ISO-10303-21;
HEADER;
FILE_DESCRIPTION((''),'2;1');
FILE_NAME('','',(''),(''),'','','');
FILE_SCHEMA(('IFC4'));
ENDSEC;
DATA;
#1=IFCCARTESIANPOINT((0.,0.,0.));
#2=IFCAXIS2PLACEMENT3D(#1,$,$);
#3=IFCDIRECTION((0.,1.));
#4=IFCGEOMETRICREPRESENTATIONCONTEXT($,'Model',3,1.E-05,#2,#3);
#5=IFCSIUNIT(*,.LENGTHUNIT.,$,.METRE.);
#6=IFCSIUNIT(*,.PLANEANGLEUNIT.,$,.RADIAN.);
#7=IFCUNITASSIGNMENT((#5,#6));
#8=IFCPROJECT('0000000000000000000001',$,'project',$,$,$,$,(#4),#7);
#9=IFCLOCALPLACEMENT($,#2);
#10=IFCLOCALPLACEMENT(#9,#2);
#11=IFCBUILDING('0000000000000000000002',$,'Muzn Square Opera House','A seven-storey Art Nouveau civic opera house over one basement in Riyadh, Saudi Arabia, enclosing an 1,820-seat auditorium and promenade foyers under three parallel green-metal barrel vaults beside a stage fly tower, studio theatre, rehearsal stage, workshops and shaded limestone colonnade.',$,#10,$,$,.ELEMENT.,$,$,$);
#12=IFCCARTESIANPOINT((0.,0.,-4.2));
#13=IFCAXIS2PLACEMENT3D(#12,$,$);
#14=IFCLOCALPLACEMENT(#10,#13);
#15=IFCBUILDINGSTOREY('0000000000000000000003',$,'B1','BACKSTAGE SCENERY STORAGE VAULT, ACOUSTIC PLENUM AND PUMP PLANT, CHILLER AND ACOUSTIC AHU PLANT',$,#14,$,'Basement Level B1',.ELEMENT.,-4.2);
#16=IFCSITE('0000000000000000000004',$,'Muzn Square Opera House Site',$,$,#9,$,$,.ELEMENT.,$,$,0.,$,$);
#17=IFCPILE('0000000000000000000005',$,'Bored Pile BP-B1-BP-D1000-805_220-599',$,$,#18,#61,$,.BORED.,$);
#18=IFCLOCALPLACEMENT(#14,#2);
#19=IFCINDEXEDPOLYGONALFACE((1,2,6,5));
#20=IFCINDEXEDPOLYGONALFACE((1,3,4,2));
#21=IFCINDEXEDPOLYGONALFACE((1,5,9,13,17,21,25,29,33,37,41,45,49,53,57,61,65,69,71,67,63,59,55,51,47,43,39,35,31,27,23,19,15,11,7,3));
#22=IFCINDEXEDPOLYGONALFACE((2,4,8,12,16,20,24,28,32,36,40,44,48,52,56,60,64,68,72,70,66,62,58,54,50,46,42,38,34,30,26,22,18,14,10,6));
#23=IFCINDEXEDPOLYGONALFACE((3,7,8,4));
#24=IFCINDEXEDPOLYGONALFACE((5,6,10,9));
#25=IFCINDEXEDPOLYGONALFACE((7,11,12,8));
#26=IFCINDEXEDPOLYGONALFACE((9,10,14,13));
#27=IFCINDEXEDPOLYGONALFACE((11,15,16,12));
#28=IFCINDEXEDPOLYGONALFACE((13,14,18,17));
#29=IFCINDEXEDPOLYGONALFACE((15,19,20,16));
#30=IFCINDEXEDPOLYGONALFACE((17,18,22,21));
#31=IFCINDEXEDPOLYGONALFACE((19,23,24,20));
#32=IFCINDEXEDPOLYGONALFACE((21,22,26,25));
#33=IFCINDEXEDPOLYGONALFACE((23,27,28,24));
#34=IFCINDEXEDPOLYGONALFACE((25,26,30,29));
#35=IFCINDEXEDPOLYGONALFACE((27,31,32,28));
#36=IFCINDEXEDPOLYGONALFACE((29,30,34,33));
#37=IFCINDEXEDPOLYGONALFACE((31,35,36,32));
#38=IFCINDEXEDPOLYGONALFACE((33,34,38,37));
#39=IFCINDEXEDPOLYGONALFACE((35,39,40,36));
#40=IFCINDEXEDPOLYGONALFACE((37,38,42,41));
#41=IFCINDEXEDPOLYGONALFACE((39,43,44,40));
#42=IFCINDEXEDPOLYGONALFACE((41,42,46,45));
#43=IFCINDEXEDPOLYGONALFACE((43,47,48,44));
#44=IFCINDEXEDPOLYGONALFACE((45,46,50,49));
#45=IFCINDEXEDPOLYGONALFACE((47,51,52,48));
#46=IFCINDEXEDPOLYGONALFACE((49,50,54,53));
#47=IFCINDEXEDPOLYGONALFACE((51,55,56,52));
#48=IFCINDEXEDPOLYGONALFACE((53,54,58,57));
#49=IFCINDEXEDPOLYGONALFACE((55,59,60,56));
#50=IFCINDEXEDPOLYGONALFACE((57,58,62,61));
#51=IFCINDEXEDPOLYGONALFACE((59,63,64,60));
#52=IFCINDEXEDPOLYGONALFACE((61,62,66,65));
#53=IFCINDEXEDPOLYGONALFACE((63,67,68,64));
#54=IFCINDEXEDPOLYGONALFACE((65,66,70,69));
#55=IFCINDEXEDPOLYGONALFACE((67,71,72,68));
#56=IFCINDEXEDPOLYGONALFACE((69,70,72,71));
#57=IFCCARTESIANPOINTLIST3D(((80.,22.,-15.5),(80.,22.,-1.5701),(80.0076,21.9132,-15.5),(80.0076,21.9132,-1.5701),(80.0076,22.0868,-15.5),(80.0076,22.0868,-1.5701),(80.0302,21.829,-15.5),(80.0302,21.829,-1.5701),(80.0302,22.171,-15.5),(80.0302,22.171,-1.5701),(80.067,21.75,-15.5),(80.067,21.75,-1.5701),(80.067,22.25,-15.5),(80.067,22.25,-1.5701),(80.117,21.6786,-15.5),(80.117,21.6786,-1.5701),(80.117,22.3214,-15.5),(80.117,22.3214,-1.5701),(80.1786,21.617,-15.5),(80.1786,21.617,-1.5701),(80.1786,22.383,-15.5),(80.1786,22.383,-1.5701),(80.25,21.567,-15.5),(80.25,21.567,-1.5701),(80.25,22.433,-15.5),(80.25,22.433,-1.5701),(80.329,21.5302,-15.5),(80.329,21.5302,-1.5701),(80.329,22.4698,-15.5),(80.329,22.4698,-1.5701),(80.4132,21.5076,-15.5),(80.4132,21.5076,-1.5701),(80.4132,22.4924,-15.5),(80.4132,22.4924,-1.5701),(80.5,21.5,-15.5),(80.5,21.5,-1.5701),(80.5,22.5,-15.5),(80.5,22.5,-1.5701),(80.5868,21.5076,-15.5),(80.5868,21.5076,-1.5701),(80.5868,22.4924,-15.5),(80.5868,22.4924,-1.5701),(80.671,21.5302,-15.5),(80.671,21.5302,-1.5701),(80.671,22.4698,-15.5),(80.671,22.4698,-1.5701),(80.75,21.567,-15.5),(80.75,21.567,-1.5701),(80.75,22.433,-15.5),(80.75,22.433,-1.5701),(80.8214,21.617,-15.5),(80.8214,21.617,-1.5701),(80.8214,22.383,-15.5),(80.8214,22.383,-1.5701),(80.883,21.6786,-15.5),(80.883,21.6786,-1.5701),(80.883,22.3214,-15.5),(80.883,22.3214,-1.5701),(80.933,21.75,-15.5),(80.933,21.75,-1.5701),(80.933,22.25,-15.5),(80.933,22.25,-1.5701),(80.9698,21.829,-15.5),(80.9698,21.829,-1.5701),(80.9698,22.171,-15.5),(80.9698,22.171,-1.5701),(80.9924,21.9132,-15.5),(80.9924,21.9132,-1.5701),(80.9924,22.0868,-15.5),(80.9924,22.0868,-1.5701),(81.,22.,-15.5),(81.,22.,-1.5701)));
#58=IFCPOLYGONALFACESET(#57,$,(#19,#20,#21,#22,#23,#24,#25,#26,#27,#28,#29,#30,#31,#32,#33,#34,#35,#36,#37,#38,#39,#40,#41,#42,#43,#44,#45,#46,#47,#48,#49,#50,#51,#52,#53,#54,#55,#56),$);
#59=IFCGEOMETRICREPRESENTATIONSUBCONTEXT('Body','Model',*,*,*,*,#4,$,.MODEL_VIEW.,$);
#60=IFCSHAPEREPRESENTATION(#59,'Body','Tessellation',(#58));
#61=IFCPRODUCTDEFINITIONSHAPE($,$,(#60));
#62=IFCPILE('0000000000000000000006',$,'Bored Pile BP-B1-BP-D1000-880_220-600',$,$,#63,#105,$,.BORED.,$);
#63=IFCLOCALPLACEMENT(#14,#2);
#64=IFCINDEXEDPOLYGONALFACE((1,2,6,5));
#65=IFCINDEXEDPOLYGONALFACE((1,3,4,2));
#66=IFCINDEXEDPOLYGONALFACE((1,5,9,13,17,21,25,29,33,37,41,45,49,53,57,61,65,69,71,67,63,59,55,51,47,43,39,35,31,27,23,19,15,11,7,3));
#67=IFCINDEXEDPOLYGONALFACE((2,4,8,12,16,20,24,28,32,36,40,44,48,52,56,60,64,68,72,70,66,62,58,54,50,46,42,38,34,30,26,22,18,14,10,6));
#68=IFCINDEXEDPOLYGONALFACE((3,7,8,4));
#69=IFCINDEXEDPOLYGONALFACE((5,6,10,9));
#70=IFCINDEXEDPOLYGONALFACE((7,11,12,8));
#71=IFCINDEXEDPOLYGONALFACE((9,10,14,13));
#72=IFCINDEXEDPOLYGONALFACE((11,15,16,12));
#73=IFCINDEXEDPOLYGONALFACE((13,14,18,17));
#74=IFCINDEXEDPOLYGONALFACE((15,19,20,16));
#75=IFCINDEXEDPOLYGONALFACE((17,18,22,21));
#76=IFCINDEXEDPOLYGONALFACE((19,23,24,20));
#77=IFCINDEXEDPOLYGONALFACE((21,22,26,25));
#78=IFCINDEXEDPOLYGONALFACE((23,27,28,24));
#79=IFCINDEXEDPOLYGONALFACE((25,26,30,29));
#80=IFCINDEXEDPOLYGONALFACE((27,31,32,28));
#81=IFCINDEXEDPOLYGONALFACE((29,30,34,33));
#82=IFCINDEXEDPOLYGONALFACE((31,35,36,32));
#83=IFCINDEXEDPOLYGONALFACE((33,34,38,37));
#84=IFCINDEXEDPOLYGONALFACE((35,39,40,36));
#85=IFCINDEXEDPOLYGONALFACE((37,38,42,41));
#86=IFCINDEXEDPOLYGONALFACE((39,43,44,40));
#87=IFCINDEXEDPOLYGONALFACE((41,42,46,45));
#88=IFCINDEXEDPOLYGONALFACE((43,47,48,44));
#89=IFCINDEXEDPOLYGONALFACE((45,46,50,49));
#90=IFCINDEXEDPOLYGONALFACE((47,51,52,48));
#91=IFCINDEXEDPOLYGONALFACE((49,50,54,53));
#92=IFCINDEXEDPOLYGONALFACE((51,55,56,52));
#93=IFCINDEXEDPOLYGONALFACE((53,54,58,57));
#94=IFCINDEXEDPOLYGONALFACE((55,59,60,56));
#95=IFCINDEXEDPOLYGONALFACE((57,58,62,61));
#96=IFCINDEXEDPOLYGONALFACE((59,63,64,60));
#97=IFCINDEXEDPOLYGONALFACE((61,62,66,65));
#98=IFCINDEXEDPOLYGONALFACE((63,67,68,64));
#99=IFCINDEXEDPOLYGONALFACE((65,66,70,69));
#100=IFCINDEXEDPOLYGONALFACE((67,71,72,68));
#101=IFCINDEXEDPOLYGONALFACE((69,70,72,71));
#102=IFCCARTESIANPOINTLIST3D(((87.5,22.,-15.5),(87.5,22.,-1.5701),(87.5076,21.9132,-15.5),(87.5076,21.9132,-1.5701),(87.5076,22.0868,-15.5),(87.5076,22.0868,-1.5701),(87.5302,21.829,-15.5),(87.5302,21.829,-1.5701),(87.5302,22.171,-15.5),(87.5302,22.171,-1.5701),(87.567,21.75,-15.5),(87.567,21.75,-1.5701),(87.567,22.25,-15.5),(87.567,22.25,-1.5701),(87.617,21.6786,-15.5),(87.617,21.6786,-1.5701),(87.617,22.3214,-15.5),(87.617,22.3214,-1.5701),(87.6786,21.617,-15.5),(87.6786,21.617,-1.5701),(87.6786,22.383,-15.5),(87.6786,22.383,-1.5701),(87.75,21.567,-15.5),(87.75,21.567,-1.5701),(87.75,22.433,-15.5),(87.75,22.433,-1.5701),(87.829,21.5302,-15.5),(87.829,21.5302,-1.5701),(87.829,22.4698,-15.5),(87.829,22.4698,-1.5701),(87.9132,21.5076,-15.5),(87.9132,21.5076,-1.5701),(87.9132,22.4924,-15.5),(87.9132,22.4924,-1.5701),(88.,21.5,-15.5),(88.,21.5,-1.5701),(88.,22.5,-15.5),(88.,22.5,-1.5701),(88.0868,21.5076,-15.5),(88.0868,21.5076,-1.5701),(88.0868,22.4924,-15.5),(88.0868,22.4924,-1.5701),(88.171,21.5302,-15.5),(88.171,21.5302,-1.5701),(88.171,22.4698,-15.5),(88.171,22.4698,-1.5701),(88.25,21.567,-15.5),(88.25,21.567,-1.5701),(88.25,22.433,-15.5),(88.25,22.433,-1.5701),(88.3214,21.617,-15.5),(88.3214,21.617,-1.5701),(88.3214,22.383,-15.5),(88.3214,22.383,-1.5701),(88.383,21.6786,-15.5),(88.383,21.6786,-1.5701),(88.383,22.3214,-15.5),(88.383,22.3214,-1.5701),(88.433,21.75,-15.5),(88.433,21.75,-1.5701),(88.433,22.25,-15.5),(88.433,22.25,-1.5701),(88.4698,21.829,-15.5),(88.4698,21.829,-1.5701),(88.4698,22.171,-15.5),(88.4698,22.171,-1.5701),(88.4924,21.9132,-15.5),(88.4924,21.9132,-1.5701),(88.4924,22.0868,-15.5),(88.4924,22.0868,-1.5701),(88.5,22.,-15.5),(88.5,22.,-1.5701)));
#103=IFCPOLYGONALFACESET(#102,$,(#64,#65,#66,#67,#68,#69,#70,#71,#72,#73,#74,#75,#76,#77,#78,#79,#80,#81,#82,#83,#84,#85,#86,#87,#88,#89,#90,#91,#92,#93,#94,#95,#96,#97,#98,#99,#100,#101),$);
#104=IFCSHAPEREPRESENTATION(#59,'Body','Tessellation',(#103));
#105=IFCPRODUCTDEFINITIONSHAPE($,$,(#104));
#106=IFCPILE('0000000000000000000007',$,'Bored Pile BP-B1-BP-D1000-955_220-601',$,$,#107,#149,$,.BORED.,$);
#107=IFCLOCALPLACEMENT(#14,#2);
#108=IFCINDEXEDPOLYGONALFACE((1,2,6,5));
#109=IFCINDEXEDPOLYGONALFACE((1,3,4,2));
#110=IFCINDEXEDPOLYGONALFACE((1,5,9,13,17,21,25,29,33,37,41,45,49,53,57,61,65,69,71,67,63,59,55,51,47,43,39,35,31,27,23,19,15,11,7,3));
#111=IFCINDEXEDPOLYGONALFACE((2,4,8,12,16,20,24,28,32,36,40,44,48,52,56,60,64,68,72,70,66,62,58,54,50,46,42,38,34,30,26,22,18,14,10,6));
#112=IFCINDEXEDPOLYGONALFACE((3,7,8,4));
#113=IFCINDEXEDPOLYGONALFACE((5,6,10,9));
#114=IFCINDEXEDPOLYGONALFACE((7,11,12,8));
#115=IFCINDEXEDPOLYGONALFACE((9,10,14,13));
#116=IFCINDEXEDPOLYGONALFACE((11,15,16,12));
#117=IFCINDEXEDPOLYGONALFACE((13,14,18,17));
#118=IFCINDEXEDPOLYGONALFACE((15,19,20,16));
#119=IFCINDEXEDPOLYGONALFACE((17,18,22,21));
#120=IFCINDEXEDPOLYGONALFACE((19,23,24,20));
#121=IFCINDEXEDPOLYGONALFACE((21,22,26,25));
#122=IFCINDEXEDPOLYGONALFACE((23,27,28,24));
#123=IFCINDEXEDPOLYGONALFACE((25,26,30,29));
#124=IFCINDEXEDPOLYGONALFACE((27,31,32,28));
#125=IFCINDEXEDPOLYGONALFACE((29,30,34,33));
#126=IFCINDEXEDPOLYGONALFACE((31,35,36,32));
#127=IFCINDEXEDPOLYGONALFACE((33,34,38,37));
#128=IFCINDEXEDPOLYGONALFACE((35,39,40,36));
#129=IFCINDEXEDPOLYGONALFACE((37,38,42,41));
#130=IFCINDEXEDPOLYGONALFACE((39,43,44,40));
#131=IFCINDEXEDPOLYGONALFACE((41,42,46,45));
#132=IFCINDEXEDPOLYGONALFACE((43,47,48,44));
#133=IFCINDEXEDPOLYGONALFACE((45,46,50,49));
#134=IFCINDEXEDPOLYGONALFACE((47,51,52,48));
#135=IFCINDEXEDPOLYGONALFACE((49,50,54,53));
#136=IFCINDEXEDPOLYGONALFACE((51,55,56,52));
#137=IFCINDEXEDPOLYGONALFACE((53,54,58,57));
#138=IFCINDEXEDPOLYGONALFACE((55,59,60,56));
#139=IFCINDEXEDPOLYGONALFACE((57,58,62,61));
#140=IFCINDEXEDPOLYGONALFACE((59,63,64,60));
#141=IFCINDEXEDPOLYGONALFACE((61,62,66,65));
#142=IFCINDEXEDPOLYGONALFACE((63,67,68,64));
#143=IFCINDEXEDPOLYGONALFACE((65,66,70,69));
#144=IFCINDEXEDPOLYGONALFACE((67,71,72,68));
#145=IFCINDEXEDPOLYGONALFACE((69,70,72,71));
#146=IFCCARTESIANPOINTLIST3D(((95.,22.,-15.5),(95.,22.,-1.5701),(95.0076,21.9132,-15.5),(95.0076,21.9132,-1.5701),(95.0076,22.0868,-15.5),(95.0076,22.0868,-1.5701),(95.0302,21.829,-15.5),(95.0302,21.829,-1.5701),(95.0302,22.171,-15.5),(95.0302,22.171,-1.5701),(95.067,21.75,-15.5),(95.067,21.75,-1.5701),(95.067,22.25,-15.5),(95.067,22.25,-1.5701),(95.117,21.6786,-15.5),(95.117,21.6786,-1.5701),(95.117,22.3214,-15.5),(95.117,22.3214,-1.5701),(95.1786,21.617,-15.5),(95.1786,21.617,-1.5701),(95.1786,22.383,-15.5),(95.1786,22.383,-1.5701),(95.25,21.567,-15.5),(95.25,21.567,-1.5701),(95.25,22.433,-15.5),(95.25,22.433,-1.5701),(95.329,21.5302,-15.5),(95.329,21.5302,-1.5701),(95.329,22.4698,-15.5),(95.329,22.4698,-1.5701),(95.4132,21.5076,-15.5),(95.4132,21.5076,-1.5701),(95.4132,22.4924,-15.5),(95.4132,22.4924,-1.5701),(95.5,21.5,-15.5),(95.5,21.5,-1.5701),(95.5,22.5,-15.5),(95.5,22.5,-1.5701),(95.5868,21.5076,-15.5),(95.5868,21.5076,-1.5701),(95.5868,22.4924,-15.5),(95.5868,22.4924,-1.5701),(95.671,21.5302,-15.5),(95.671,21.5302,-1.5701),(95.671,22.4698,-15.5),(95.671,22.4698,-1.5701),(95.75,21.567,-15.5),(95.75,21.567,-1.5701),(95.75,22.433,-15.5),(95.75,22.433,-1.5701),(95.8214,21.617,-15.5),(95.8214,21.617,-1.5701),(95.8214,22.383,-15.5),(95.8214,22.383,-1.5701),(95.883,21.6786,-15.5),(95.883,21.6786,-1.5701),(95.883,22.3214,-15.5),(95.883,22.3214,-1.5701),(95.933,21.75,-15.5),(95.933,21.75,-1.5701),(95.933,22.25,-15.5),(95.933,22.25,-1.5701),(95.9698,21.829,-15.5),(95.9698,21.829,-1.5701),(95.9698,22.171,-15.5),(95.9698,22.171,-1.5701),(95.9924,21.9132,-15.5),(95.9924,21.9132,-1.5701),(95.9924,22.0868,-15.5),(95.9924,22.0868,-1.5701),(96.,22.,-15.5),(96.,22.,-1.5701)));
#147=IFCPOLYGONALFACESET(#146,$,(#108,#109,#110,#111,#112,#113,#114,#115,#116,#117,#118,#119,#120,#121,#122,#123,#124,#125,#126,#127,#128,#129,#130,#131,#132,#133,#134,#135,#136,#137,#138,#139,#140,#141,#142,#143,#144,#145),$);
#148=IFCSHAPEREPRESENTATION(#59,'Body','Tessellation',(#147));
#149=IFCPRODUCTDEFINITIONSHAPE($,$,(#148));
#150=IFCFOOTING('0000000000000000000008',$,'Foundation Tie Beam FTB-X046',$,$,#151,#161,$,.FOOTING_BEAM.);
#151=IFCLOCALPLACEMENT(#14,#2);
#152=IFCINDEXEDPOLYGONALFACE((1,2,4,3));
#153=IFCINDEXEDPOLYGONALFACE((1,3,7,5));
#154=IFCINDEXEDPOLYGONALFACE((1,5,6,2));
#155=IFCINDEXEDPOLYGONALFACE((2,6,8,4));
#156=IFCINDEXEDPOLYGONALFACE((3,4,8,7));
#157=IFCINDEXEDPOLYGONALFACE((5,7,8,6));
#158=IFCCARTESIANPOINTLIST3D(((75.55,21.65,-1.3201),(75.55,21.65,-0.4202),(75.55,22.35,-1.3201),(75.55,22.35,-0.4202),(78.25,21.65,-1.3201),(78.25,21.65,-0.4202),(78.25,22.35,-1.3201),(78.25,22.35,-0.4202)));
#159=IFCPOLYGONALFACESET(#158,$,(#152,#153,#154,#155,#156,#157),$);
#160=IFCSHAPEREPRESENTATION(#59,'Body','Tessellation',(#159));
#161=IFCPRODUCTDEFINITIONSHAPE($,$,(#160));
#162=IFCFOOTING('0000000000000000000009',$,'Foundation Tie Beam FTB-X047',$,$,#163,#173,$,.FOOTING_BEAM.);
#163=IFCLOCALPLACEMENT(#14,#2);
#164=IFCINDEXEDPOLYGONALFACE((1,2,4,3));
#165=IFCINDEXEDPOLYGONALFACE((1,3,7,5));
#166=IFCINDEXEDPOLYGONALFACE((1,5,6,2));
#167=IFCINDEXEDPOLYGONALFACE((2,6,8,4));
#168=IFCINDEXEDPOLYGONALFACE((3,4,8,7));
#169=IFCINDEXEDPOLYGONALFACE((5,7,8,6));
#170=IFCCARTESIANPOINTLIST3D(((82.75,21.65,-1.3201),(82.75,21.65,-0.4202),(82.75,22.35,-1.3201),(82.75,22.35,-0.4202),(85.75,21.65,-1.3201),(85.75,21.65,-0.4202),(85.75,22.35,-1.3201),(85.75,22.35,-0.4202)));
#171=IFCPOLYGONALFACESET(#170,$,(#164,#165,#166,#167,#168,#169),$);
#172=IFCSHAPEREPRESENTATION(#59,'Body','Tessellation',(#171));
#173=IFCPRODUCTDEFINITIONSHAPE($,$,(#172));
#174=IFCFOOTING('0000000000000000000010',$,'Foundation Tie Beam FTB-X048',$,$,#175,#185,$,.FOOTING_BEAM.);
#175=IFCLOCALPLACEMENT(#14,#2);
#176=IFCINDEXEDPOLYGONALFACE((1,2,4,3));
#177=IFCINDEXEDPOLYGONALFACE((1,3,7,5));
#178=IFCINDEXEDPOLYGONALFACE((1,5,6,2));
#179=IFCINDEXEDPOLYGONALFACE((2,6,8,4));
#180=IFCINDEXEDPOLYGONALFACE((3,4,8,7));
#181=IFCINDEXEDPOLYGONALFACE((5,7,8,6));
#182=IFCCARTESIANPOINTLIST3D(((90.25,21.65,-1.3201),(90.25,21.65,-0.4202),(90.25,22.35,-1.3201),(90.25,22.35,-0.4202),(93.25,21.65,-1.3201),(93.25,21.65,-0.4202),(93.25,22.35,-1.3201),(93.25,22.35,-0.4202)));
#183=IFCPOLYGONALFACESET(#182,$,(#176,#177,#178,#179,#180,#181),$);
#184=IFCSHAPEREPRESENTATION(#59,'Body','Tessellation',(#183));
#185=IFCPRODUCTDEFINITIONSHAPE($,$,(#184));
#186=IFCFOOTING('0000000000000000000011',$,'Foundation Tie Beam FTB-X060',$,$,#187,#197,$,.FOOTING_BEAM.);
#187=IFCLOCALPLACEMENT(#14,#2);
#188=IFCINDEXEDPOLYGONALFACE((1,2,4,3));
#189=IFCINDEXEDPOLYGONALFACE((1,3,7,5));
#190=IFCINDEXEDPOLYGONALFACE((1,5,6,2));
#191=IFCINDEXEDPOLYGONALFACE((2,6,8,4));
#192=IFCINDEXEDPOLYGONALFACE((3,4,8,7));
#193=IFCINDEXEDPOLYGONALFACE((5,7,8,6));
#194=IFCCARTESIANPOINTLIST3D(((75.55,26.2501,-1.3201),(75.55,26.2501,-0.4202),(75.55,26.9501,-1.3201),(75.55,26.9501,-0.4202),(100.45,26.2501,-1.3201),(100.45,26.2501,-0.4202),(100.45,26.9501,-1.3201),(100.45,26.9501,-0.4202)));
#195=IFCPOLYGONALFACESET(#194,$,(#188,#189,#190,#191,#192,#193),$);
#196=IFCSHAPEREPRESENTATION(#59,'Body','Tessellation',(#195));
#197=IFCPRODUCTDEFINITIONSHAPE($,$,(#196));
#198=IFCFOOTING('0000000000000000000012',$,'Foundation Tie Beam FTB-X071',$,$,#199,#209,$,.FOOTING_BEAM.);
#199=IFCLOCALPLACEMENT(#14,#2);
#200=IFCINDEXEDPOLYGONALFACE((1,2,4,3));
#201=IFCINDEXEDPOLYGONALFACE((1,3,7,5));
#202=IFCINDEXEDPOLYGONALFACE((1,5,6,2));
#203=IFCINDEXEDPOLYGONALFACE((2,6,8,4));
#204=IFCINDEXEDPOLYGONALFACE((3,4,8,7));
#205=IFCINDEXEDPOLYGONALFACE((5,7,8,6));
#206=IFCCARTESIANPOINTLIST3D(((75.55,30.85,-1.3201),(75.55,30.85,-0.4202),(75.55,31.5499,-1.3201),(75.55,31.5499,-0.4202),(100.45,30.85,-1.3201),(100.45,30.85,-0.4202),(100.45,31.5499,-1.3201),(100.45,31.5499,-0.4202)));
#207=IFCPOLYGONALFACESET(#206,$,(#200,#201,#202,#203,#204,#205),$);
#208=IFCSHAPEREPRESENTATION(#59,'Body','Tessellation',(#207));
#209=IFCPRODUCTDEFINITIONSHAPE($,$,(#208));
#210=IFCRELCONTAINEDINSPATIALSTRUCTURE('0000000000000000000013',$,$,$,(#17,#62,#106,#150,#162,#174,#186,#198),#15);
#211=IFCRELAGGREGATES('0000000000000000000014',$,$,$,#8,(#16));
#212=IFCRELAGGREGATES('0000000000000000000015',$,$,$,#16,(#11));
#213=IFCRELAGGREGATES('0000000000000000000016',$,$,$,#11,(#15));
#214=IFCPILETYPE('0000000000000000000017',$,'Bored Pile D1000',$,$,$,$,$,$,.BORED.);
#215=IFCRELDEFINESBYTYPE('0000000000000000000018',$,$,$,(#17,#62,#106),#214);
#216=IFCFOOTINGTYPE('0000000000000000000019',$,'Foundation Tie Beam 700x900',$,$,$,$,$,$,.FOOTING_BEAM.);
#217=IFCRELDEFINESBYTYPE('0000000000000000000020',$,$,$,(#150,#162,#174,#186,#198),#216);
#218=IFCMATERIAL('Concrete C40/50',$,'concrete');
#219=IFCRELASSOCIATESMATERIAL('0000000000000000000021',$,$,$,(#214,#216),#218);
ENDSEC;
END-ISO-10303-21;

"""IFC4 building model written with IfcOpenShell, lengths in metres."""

from ifc_helpers import new_model, si_unit, direction, frame, origin, origin_2d, place, context, subcontext, project, spatial, rectangle, circle, extrude, material, material_profile, profile_set, type_object, element, save


model = new_model("IFC4")

# Units and contexts
model_context = context("Model", 3, precision=1e-05, world=origin(), true_north=direction((0.0, 1.0)))
body_context = subcontext(model_context, "Body", "Model", "MODEL_VIEW")
ifc_project = project(units=[si_unit("LENGTHUNIT", "METRE"), si_unit("PLANEANGLEUNIT", "RADIAN")], contexts=[model_context])

# Site, building, storey
site_placement = place(None, origin())
site = spatial("IfcSite", under=ifc_project, at=site_placement, Name="Muzn Square Opera House Site", CompositionType="ELEMENT", RefElevation=0.0)
building_placement = place(site_placement, origin())
building = spatial("IfcBuilding", under=site, at=building_placement, Name="Muzn Square Opera House", Description="A seven-storey Art Nouveau civic opera house over one basement in Riyadh, Saudi Arabia, enclosing an 1,820-seat auditorium and promenade foyers under three parallel green-metal barrel vaults beside a stage fly tower, studio theatre, rehearsal stage, workshops and shaded limestone colonnade.", CompositionType="ELEMENT")
storey_placement = place(building_placement, frame((0.0, 0.0, -4.2)))
storey = spatial("IfcBuildingStorey", under=building, at=storey_placement, Name="B1", Description="BACKSTAGE SCENERY STORAGE VAULT, ACOUSTIC PLENUM AND PUMP PLANT, CHILLER AND ACOUSTIC AHU PLANT", LongName="Basement Level B1", CompositionType="ELEMENT", Elevation=-4.2)

# Piles
ifc_material_1 = material(Name="Concrete C40/50", Category="concrete")
ifc_material_profile_1 = material_profile(ifc_material_1, circle(Radius=0.5, at=origin_2d()), Name="BORED PILE D1000", Category="concrete")
ifc_profile_set_1 = profile_set([ifc_material_profile_1], Name="Concrete C40/50")
pile_type = type_object("IfcPileType", Name="Bored Pile D1000", PredefinedType="BORED", material=ifc_profile_set_1)
for number, where, z_axis, x_axis, name in (
    (1, (80.5, 22.0, -1.5701), (0.0, 0.0, -1.0), (1.0, 0.0, 0.0), "Bored Pile BP-B1-BP-D1000-805_220-599"),
    (2, (88.0, 22.0, -1.5701), (0.0, 0.0, -1.0), (1.0, 0.0, 0.0), "Bored Pile BP-B1-BP-D1000-880_220-600"),
    (3, (95.5, 22.0, -1.5701), (0.0, 0.0, -1.0), (1.0, 0.0, 0.0), "Bored Pile BP-B1-BP-D1000-955_220-601"),
):
    element("IfcPile", number, at=place(storey_placement, frame(where, z_axis=z_axis, x_axis=x_axis)), inside=storey, type_object=pile_type, Name=name, PredefinedType="BORED", context=body_context, shape_type="SweptSolid", body=[
        extrude(circle(Radius=0.5, at=origin_2d()), origin(), (0.0, 0.0, 1.0), 13.9299),
    ])

# Footings
ifc_material_profile_2 = material_profile(ifc_material_1, rectangle(XDim=0.7, YDim=0.8999, at=origin_2d()), Name="RCTB 700x900", Category="concrete")
ifc_profile_set_2 = profile_set([ifc_material_profile_2], Name="Concrete C40/50")
footing_type_1 = type_object("IfcFootingType", Name="Foundation Tie Beam 700x900", PredefinedType="FOOTING_BEAM", material=ifc_profile_set_2)
footing_placement = place(storey_placement, frame((75.55, 22.0, -0.8701), z_axis=(1.0, 0.0, 0.0), x_axis=(0.0, 1.0, 0.0)))
element("IfcFooting", 4, at=footing_placement, inside=storey, type_object=footing_type_1, Name="Foundation Tie Beam FTB-X046", PredefinedType="FOOTING_BEAM", context=body_context, shape_type="SweptSolid", body=[
    extrude(rectangle(XDim=0.7, YDim=0.8999, at=origin_2d()), origin(), (0.0, 0.0, 1.0), 2.7),
])
for number, where, z_axis, x_axis, name in (
    (5, (82.75, 22.0, -0.8701), (1.0, 0.0, 0.0), (0.0, 1.0, 0.0), "Foundation Tie Beam FTB-X047"),
    (6, (90.25, 22.0, -0.8701), (1.0, 0.0, 0.0), (0.0, 1.0, 0.0), "Foundation Tie Beam FTB-X048"),
):
    element("IfcFooting", number, at=place(storey_placement, frame(where, z_axis=z_axis, x_axis=x_axis)), inside=storey, type_object=footing_type_1, Name=name, PredefinedType="FOOTING_BEAM", context=body_context, shape_type="SweptSolid", body=[
        extrude(rectangle(XDim=0.7, YDim=0.8999, at=origin_2d()), origin(), (0.0, 0.0, 1.0), 3.0),
    ])
for number, where, z_axis, x_axis, name in (
    (7, (75.55, 26.6001, -0.8701), (1.0, 0.0, 0.0), (0.0, 1.0, 0.0), "Foundation Tie Beam FTB-X060"),
    (8, (75.55, 31.2, -0.8701), (1.0, 0.0, 0.0), (0.0, 1.0, 0.0), "Foundation Tie Beam FTB-X071"),
):
    element("IfcFooting", number, at=place(storey_placement, frame(where, z_axis=z_axis, x_axis=x_axis)), inside=storey, type_object=footing_type_1, Name=name, PredefinedType="FOOTING_BEAM", context=body_context, shape_type="SweptSolid", body=[
        extrude(rectangle(XDim=0.7, YDim=0.8999, at=origin_2d()), origin(), (0.0, 0.0, 1.0), 24.8999),
    ])

save(model, "model.ifc")
